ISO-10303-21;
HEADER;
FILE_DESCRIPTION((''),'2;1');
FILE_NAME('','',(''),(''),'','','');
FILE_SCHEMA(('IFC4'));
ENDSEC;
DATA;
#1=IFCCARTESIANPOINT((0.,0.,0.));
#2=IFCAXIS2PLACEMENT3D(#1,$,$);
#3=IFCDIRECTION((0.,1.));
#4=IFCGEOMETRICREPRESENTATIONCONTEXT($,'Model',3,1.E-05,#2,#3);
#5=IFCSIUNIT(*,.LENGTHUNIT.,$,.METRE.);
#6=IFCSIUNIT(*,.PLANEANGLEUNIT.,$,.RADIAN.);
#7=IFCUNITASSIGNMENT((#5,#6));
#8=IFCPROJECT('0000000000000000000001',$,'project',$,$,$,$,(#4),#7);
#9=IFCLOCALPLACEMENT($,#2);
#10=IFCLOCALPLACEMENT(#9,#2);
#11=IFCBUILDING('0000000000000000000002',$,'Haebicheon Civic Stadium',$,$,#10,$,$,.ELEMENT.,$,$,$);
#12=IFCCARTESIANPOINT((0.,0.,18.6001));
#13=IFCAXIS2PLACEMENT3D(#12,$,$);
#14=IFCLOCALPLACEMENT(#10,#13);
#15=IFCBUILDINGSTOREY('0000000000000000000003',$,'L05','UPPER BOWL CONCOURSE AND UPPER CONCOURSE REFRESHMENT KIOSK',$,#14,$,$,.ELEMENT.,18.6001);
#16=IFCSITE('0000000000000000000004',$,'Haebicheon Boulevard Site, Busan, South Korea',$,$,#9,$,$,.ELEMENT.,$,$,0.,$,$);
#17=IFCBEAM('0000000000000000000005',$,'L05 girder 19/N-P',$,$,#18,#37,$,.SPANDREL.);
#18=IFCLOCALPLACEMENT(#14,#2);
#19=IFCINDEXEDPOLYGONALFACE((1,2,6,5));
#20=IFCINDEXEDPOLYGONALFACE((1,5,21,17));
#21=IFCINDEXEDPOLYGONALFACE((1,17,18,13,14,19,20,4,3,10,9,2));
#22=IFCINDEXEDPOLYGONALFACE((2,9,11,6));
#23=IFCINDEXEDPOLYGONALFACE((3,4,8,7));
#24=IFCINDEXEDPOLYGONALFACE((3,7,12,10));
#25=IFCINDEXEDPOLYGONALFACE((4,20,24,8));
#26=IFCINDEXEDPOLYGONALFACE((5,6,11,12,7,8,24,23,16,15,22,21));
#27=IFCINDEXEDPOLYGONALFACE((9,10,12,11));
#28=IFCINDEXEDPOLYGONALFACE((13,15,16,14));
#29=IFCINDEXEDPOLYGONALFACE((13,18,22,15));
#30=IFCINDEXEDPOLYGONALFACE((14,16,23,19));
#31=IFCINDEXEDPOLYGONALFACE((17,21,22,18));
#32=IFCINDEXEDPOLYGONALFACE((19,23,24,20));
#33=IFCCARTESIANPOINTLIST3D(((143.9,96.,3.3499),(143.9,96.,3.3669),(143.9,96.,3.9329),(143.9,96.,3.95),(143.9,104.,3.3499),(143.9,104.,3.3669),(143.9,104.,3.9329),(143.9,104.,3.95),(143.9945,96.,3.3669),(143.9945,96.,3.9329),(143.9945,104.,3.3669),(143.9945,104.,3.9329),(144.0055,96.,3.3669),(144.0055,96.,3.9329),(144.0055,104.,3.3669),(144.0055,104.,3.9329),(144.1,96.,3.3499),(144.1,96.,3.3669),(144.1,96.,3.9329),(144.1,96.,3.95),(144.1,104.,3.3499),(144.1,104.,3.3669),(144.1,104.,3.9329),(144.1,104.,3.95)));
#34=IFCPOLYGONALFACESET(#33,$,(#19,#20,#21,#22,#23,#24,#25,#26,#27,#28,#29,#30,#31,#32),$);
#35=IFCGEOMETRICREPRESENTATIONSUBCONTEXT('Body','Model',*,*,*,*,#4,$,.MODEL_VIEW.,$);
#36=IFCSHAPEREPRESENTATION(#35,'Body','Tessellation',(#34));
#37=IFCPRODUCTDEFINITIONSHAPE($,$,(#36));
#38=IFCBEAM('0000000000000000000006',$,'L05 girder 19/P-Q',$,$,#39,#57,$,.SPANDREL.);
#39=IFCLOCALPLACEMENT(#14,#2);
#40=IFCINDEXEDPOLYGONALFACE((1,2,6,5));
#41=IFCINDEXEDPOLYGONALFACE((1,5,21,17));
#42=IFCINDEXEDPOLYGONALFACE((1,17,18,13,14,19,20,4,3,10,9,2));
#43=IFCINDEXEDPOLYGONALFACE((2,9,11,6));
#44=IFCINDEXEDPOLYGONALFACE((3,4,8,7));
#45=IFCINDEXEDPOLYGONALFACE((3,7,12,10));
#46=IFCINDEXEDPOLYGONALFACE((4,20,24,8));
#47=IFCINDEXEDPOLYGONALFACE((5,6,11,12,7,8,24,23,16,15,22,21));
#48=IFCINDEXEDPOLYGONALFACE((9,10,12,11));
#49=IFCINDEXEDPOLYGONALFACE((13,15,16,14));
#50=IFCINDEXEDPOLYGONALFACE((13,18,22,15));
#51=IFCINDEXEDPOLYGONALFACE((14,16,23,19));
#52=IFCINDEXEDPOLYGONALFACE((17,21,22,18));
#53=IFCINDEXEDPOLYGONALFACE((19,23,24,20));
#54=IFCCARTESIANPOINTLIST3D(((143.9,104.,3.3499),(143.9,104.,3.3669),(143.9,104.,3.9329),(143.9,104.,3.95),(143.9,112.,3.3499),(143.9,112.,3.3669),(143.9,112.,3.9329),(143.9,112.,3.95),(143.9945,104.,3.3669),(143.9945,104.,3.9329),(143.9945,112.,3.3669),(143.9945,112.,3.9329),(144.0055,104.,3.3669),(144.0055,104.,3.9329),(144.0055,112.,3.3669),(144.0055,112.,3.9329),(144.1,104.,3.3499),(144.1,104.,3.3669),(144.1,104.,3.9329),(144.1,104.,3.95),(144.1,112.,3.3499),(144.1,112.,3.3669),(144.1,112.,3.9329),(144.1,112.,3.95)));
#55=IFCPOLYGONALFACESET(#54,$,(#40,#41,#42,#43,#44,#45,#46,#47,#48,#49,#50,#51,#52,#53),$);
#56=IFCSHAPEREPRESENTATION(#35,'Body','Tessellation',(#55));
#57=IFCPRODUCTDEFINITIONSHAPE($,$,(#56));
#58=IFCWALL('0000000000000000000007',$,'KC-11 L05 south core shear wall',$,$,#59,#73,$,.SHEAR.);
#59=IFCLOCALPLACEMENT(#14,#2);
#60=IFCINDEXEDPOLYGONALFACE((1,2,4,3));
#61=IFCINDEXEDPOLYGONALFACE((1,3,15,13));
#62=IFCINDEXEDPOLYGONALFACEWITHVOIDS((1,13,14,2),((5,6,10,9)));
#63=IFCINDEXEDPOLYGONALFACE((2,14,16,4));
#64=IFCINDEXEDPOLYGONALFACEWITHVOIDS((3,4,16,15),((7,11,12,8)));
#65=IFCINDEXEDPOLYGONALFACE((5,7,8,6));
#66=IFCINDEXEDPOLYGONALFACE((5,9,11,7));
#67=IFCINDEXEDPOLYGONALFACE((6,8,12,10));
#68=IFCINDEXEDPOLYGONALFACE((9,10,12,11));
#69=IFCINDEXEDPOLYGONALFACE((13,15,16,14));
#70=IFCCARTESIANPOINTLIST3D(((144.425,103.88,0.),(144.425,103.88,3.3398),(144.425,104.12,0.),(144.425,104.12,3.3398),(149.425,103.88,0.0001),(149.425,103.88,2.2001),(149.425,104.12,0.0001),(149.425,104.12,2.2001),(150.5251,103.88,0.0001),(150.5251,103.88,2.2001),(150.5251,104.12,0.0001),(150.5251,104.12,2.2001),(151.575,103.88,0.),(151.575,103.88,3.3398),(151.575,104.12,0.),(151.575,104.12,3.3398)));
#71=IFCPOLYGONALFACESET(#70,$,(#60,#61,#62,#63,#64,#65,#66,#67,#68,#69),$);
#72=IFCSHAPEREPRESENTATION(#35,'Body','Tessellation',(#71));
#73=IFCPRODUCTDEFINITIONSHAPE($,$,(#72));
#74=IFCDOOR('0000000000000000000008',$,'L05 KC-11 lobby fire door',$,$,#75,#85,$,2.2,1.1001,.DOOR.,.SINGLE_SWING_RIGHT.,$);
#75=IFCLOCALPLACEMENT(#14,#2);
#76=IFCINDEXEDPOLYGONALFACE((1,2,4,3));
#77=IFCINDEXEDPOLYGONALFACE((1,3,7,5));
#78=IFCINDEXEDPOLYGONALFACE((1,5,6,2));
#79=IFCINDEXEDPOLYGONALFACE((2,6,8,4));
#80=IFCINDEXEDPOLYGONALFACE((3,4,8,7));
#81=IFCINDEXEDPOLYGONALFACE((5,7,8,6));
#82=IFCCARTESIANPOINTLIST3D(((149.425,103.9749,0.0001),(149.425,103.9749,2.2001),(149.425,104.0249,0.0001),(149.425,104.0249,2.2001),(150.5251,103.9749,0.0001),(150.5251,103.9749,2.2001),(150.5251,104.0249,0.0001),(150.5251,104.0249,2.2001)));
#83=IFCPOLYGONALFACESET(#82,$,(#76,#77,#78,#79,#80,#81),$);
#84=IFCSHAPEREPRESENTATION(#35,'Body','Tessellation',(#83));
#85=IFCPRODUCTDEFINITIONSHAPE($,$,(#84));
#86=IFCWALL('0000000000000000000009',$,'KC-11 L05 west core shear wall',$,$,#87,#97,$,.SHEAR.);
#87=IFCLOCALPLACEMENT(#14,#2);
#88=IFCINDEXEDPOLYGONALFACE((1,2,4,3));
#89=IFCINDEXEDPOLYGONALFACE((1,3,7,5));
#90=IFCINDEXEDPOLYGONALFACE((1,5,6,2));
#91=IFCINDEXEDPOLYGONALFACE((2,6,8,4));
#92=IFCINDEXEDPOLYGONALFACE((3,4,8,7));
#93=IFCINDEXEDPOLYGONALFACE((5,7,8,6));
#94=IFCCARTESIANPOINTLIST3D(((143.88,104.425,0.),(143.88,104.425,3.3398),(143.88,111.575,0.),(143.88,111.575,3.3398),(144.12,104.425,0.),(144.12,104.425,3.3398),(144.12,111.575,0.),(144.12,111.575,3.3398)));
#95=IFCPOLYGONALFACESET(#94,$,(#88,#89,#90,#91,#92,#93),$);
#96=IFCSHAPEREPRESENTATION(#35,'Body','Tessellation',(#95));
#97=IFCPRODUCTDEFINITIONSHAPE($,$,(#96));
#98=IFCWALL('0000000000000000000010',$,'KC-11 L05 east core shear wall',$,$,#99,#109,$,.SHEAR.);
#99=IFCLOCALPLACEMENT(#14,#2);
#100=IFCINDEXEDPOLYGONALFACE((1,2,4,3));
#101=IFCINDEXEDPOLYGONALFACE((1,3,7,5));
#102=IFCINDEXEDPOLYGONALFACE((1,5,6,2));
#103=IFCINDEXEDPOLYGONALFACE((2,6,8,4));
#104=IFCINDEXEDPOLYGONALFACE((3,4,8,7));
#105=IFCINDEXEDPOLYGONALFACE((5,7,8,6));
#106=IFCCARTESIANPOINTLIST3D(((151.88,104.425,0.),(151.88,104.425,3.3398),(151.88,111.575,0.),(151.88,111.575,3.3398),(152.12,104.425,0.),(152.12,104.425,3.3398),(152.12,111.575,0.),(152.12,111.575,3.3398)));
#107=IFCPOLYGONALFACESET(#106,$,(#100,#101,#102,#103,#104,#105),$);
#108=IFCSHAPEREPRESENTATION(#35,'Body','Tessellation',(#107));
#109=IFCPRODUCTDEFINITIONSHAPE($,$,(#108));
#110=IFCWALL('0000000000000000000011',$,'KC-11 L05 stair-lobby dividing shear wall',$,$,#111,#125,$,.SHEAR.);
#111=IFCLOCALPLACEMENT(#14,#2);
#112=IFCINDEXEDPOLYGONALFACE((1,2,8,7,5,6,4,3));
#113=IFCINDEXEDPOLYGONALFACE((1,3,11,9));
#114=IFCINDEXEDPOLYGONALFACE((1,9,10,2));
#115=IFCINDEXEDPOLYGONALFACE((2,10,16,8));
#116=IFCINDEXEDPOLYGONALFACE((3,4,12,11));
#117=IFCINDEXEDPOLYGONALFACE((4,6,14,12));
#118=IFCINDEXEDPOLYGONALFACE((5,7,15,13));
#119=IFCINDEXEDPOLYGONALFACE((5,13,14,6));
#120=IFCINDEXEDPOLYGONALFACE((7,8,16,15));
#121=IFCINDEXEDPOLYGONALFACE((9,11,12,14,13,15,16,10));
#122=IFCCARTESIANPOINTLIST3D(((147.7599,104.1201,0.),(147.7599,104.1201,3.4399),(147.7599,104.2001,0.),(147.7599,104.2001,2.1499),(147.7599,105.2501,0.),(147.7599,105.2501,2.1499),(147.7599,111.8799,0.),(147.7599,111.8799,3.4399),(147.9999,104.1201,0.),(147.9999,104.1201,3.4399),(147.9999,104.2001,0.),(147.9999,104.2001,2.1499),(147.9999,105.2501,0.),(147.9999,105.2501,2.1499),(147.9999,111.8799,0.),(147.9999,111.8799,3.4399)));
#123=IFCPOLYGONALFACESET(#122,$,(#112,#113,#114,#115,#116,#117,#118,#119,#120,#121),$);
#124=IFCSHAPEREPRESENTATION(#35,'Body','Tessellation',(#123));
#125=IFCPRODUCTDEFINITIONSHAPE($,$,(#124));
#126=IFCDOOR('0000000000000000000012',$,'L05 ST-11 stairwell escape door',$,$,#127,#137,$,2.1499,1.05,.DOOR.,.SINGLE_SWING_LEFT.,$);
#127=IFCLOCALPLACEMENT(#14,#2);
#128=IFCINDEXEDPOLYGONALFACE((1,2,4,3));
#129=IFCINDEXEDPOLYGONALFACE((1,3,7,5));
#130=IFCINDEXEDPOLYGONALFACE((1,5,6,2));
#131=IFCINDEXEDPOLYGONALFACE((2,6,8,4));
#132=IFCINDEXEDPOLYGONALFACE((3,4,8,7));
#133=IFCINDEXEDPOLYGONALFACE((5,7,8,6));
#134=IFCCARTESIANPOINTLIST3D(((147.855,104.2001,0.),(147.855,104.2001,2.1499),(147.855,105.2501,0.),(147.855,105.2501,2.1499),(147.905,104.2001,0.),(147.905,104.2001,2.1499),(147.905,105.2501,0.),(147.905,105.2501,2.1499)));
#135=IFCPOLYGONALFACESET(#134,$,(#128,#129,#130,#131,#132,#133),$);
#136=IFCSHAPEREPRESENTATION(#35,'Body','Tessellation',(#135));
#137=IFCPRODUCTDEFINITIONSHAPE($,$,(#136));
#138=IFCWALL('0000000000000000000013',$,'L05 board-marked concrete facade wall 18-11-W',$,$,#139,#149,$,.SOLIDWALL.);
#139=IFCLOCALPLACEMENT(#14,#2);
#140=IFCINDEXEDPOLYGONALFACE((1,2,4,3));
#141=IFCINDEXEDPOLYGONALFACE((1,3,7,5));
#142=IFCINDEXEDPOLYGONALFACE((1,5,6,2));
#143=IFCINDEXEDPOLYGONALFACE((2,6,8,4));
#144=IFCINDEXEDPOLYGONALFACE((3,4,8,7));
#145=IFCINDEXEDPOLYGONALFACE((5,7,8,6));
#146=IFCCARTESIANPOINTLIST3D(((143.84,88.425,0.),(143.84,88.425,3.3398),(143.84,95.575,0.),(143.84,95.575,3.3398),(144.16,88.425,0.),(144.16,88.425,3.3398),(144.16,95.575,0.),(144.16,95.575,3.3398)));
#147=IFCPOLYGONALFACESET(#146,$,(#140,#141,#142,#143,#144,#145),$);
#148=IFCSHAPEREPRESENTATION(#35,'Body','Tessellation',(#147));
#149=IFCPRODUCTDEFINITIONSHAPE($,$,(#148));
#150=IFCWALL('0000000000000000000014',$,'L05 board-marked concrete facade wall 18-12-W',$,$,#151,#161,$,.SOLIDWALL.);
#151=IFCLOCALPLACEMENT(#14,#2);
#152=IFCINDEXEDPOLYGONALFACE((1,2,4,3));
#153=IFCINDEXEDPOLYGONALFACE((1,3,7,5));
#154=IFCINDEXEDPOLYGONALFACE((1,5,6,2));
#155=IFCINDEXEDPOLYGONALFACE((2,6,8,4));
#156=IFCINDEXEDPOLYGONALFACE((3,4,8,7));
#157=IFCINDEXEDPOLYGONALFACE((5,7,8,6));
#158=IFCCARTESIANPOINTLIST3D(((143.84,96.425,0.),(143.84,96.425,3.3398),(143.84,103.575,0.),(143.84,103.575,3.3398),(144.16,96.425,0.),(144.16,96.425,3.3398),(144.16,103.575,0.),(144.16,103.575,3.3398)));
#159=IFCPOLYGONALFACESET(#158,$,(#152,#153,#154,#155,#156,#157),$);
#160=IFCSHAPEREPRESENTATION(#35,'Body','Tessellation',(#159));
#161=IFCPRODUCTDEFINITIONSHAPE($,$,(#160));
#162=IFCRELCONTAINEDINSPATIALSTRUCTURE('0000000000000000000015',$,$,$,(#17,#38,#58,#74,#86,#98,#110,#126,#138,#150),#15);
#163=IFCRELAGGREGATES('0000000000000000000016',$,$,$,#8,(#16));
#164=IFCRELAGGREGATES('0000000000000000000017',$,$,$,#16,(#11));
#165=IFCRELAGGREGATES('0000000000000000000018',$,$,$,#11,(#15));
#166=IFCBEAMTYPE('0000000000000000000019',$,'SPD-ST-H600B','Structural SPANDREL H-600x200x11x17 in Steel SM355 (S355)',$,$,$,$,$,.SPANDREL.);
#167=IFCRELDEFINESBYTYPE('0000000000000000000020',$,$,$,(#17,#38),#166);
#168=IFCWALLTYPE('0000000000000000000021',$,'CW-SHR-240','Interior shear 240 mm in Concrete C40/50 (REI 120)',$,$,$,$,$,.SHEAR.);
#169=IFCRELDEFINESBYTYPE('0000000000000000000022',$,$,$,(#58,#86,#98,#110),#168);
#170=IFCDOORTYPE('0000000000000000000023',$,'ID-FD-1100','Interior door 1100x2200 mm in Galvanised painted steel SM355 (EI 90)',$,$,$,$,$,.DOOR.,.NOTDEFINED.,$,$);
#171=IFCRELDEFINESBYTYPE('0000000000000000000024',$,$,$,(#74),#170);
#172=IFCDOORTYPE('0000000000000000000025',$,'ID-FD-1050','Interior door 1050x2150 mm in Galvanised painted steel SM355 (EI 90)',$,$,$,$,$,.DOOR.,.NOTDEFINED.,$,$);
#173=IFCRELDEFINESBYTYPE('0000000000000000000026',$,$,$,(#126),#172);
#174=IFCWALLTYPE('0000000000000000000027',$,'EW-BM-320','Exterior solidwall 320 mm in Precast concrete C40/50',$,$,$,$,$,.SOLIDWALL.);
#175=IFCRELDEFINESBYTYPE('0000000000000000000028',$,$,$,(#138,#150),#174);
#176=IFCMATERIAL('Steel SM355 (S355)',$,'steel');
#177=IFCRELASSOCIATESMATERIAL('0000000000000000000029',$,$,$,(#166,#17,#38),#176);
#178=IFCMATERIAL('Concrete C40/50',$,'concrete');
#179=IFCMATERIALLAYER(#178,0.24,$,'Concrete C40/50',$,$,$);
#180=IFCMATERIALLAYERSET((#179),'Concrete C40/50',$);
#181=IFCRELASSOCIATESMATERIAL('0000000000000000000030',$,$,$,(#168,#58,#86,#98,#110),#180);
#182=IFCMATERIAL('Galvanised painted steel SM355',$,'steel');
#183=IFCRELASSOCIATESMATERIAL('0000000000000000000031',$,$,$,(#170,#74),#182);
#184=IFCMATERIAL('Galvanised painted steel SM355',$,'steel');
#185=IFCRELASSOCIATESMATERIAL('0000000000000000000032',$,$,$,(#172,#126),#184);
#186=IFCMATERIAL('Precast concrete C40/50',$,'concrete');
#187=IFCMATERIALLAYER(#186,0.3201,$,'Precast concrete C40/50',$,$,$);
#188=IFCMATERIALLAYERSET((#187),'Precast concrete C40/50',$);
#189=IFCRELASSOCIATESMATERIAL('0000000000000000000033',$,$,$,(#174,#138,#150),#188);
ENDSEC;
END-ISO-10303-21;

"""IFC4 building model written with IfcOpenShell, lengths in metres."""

from ifc_helpers import new_model, si_unit, direction, frame, frame_2d, origin, origin_2d, place, context, subcontext, project, spatial, rectangle, i_section, extrude, material, layer, layer_set, material_profile, profile_set, type_object, element, fill, save


model = new_model("IFC4")

# Units and contexts
model_context = context("Model", 3, precision=1e-05, world=origin(), true_north=direction((0.0, 1.0)))
body_context = subcontext(model_context, "Body", "Model", "MODEL_VIEW")
ifc_project = project(units=[si_unit("LENGTHUNIT", "METRE"), si_unit("PLANEANGLEUNIT", "RADIAN")], contexts=[model_context])

# Site, building, storey
site_placement = place(None, origin())
site = spatial("IfcSite", under=ifc_project, at=site_placement, Name="Haebicheon Boulevard Site, Busan, South Korea", CompositionType="ELEMENT", RefElevation=0.0)
building_placement = place(site_placement, origin())
building = spatial("IfcBuilding", under=site, at=building_placement, Name="Haebicheon Civic Stadium", CompositionType="ELEMENT")
storey_placement = place(building_placement, frame((0.0, 0.0, 18.6001)))
storey = spatial("IfcBuildingStorey", under=building, at=storey_placement, Name="L05", Description="UPPER BOWL CONCOURSE AND UPPER CONCOURSE REFRESHMENT KIOSK", CompositionType="ELEMENT", Elevation=18.6001)

# Beams
ifc_material_1 = material(Name="Steel SM355 (S355)", Category="steel")
ifc_material_profile_1 = material_profile(ifc_material_1, i_section(OverallWidth=0.2, OverallDepth=0.6001, WebThickness=0.011, FlangeThickness=0.0171, at=origin_2d()), Name="H-600x200x11x17")
ifc_profile_set_1 = profile_set([ifc_material_profile_1], Name="Steel SM355 (S355)")
beam_type_1 = type_object("IfcBeamType", Name="SPD-ST-H600B", Description="Structural SPANDREL H-600x200x11x17 in Steel SM355 (S355)", PredefinedType="SPANDREL", material=ifc_profile_set_1)
for number, where, z_axis, x_axis, name in (
    (1, (144.0, 96.0, 3.6499), (0.0, 1.0, 0.0), (-1.0, 0.0, 0.0), "L05 girder 19/N-P"),
    (2, (144.0, 104.0, 3.6499), (0.0, 1.0, 0.0), (-1.0, 0.0, 0.0), "L05 girder 19/P-Q"),
):
    element("IfcBeam", number, at=place(storey_placement, frame(where, z_axis=z_axis, x_axis=x_axis)), inside=storey, type_object=beam_type_1, material=ifc_profile_set_1, Name=name, PredefinedType="SPANDREL", context=body_context, shape_type="SweptSolid", body=[
        extrude(i_section(OverallWidth=0.2, OverallDepth=0.6001, WebThickness=0.011, FlangeThickness=0.0171, at=origin_2d()), origin(), (0.0, 0.0, 1.0), 8.0),
    ])

# Wall, opening, door
ifc_material_2 = material(Name="Concrete C40/50", Category="concrete")
ifc_layer_1 = layer(ifc_material_2, 0.24, Name="Concrete C40/50")
ifc_layer_set_1 = layer_set([ifc_layer_1], Name="Concrete C40/50")
wall_type_1 = type_object("IfcWallType", Name="CW-SHR-240", Description="Interior shear 240 mm in Concrete C40/50 (REI 120)", PredefinedType="SHEAR", material=ifc_layer_set_1)
wall_1_placement = place(storey_placement, frame((144.425, 104.0, 0.0), z_axis=(0.0, 0.0, 1.0), x_axis=(1.0, 0.0, 0.0)))
wall_1 = element("IfcWall", 3, at=wall_1_placement, inside=storey, type_object=wall_type_1, material=ifc_layer_set_1, Name="KC-11 L05 south core shear wall", PredefinedType="SHEAR", context=body_context, shape_type="SweptSolid", body=[
    extrude(rectangle(XDim=7.1499, YDim=0.24, at=frame_2d((3.575, 0.0))), origin(), (0.0, 0.0, 1.0), 3.3398),
])
opening_1_placement = place(wall_1_placement, frame((5.0, 0.0, 0.0)))
opening_1 = element("IfcOpeningElement", 4, at=opening_1_placement, cuts=wall_1, PredefinedType="OPENING", context=body_context, shape_type="SweptSolid", body=[
    extrude(rectangle(XDim=1.1001, YDim=2.2, at=frame_2d((0.55, 1.1001))), frame((0.0, 0.1299, 0.0), z_axis=(0.0, -1.0, 0.0), x_axis=(1.0, 0.0, 0.0)), (0.0, 0.0, 1.0), 0.26),
])
ifc_material_3 = material(Name="Galvanised painted steel SM355", Category="steel")
door_type_1 = type_object("IfcDoorType", Name="ID-FD-1100", Description="Interior door 1100x2200 mm in Galvanised painted steel SM355 (EI 90)", OperationType="NOTDEFINED", PredefinedType="DOOR", material=ifc_material_3)
door_1_placement = place(opening_1_placement, origin())
door_1 = element("IfcDoor", 5, at=door_1_placement, inside=storey, type_object=door_type_1, material=ifc_material_3, Name="L05 KC-11 lobby fire door", OperationType="SINGLE_SWING_RIGHT", OverallHeight=2.2, OverallWidth=1.1001, PredefinedType="DOOR", context=body_context, shape_type="SweptSolid", body=[
    extrude(rectangle(XDim=1.1001, YDim=2.2, at=frame_2d((0.55, 1.1001))), frame((0.0, 0.0249, 0.0), z_axis=(0.0, -1.0, 0.0), x_axis=(1.0, 0.0, 0.0)), (0.0, 0.0, 1.0), 0.05),
])
fill(opening_1, door_1)

# Walls
for number, where, z_axis, x_axis, name in (
    (6, (144.0, 104.425, 0.0), (0.0, 0.0, 1.0), (0.0, 1.0, 0.0), "KC-11 L05 west core shear wall"),
    (7, (152.0, 104.425, 0.0), (0.0, 0.0, 1.0), (0.0, 1.0, 0.0), "KC-11 L05 east core shear wall"),
):
    element("IfcWall", number, at=place(storey_placement, frame(where, z_axis=z_axis, x_axis=x_axis)), inside=storey, type_object=wall_type_1, material=ifc_layer_set_1, Name=name, PredefinedType="SHEAR", context=body_context, shape_type="SweptSolid", body=[
        extrude(rectangle(XDim=7.1499, YDim=0.24, at=frame_2d((3.575, 0.0))), origin(), (0.0, 0.0, 1.0), 3.3398),
    ])

# Wall, opening, door
wall_2_placement = place(storey_placement, frame((147.8799, 104.1201, 0.0), z_axis=(0.0, 0.0, 1.0), x_axis=(0.0, 1.0, 0.0)))
wall_2 = element("IfcWall", 8, at=wall_2_placement, inside=storey, type_object=wall_type_1, material=ifc_layer_set_1, Name="KC-11 L05 stair-lobby dividing shear wall", PredefinedType="SHEAR", context=body_context, shape_type="SweptSolid", body=[
    extrude(rectangle(XDim=7.7598, YDim=0.24, at=frame_2d((3.8799, 0.0))), origin(), (0.0, 0.0, 1.0), 3.4399),
])
opening_2_placement = place(wall_2_placement, frame((0.0801, 0.0, 0.0)))
opening_2 = element("IfcOpeningElement", 9, at=opening_2_placement, cuts=wall_2, PredefinedType="OPENING", context=body_context, shape_type="SweptSolid", body=[
    extrude(rectangle(XDim=1.05, YDim=2.1499, at=frame_2d((0.5249, 1.075))), frame((0.0, 0.1299, 0.0), z_axis=(0.0, -1.0, 0.0), x_axis=(1.0, 0.0, 0.0)), (0.0, 0.0, 1.0), 0.26),
])
ifc_material_4 = material(Name="Galvanised painted steel SM355", Category="steel")
door_type_2 = type_object("IfcDoorType", Name="ID-FD-1050", Description="Interior door 1050x2150 mm in Galvanised painted steel SM355 (EI 90)", OperationType="NOTDEFINED", PredefinedType="DOOR", material=ifc_material_4)
door_2_placement = place(opening_2_placement, origin())
door_2 = element("IfcDoor", 10, at=door_2_placement, inside=storey, type_object=door_type_2, material=ifc_material_4, Name="L05 ST-11 stairwell escape door", OperationType="SINGLE_SWING_LEFT", OverallHeight=2.1499, OverallWidth=1.05, PredefinedType="DOOR", context=body_context, shape_type="SweptSolid", body=[
    extrude(rectangle(XDim=1.05, YDim=2.1499, at=frame_2d((0.5249, 1.075))), frame((0.0, 0.0249, 0.0), z_axis=(0.0, -1.0, 0.0), x_axis=(1.0, 0.0, 0.0)), (0.0, 0.0, 1.0), 0.05),
])
fill(opening_2, door_2)

# Walls
ifc_material_5 = material(Name="Precast concrete C40/50", Category="concrete")
ifc_layer_2 = layer(ifc_material_5, 0.3201, Name="Precast concrete C40/50")
ifc_layer_set_2 = layer_set([ifc_layer_2], Name="Precast concrete C40/50")
wall_type_2 = type_object("IfcWallType", Name="EW-BM-320", Description="Exterior solidwall 320 mm in Precast concrete C40/50", PredefinedType="SOLIDWALL", material=ifc_layer_set_2)
for number, where, z_axis, x_axis, name in (
    (11, (144.0, 88.425, 0.0), (0.0, 0.0, 1.0), (0.0, 1.0, 0.0), "L05 board-marked concrete facade wall 18-11-W"),
    (12, (144.0, 96.425, 0.0), (0.0, 0.0, 1.0), (0.0, 1.0, 0.0), "L05 board-marked concrete facade wall 18-12-W"),
):
    element("IfcWall", number, at=place(storey_placement, frame(where, z_axis=z_axis, x_axis=x_axis)), inside=storey, type_object=wall_type_2, material=ifc_layer_set_2, Name=name, PredefinedType="SOLIDWALL", context=body_context, shape_type="SweptSolid", body=[
        extrude(rectangle(XDim=7.1499, YDim=0.3201, at=frame_2d((3.575, 0.0))), origin(), (0.0, 0.0, 1.0), 3.3398),
    ])

save(model, "model.ifc")
